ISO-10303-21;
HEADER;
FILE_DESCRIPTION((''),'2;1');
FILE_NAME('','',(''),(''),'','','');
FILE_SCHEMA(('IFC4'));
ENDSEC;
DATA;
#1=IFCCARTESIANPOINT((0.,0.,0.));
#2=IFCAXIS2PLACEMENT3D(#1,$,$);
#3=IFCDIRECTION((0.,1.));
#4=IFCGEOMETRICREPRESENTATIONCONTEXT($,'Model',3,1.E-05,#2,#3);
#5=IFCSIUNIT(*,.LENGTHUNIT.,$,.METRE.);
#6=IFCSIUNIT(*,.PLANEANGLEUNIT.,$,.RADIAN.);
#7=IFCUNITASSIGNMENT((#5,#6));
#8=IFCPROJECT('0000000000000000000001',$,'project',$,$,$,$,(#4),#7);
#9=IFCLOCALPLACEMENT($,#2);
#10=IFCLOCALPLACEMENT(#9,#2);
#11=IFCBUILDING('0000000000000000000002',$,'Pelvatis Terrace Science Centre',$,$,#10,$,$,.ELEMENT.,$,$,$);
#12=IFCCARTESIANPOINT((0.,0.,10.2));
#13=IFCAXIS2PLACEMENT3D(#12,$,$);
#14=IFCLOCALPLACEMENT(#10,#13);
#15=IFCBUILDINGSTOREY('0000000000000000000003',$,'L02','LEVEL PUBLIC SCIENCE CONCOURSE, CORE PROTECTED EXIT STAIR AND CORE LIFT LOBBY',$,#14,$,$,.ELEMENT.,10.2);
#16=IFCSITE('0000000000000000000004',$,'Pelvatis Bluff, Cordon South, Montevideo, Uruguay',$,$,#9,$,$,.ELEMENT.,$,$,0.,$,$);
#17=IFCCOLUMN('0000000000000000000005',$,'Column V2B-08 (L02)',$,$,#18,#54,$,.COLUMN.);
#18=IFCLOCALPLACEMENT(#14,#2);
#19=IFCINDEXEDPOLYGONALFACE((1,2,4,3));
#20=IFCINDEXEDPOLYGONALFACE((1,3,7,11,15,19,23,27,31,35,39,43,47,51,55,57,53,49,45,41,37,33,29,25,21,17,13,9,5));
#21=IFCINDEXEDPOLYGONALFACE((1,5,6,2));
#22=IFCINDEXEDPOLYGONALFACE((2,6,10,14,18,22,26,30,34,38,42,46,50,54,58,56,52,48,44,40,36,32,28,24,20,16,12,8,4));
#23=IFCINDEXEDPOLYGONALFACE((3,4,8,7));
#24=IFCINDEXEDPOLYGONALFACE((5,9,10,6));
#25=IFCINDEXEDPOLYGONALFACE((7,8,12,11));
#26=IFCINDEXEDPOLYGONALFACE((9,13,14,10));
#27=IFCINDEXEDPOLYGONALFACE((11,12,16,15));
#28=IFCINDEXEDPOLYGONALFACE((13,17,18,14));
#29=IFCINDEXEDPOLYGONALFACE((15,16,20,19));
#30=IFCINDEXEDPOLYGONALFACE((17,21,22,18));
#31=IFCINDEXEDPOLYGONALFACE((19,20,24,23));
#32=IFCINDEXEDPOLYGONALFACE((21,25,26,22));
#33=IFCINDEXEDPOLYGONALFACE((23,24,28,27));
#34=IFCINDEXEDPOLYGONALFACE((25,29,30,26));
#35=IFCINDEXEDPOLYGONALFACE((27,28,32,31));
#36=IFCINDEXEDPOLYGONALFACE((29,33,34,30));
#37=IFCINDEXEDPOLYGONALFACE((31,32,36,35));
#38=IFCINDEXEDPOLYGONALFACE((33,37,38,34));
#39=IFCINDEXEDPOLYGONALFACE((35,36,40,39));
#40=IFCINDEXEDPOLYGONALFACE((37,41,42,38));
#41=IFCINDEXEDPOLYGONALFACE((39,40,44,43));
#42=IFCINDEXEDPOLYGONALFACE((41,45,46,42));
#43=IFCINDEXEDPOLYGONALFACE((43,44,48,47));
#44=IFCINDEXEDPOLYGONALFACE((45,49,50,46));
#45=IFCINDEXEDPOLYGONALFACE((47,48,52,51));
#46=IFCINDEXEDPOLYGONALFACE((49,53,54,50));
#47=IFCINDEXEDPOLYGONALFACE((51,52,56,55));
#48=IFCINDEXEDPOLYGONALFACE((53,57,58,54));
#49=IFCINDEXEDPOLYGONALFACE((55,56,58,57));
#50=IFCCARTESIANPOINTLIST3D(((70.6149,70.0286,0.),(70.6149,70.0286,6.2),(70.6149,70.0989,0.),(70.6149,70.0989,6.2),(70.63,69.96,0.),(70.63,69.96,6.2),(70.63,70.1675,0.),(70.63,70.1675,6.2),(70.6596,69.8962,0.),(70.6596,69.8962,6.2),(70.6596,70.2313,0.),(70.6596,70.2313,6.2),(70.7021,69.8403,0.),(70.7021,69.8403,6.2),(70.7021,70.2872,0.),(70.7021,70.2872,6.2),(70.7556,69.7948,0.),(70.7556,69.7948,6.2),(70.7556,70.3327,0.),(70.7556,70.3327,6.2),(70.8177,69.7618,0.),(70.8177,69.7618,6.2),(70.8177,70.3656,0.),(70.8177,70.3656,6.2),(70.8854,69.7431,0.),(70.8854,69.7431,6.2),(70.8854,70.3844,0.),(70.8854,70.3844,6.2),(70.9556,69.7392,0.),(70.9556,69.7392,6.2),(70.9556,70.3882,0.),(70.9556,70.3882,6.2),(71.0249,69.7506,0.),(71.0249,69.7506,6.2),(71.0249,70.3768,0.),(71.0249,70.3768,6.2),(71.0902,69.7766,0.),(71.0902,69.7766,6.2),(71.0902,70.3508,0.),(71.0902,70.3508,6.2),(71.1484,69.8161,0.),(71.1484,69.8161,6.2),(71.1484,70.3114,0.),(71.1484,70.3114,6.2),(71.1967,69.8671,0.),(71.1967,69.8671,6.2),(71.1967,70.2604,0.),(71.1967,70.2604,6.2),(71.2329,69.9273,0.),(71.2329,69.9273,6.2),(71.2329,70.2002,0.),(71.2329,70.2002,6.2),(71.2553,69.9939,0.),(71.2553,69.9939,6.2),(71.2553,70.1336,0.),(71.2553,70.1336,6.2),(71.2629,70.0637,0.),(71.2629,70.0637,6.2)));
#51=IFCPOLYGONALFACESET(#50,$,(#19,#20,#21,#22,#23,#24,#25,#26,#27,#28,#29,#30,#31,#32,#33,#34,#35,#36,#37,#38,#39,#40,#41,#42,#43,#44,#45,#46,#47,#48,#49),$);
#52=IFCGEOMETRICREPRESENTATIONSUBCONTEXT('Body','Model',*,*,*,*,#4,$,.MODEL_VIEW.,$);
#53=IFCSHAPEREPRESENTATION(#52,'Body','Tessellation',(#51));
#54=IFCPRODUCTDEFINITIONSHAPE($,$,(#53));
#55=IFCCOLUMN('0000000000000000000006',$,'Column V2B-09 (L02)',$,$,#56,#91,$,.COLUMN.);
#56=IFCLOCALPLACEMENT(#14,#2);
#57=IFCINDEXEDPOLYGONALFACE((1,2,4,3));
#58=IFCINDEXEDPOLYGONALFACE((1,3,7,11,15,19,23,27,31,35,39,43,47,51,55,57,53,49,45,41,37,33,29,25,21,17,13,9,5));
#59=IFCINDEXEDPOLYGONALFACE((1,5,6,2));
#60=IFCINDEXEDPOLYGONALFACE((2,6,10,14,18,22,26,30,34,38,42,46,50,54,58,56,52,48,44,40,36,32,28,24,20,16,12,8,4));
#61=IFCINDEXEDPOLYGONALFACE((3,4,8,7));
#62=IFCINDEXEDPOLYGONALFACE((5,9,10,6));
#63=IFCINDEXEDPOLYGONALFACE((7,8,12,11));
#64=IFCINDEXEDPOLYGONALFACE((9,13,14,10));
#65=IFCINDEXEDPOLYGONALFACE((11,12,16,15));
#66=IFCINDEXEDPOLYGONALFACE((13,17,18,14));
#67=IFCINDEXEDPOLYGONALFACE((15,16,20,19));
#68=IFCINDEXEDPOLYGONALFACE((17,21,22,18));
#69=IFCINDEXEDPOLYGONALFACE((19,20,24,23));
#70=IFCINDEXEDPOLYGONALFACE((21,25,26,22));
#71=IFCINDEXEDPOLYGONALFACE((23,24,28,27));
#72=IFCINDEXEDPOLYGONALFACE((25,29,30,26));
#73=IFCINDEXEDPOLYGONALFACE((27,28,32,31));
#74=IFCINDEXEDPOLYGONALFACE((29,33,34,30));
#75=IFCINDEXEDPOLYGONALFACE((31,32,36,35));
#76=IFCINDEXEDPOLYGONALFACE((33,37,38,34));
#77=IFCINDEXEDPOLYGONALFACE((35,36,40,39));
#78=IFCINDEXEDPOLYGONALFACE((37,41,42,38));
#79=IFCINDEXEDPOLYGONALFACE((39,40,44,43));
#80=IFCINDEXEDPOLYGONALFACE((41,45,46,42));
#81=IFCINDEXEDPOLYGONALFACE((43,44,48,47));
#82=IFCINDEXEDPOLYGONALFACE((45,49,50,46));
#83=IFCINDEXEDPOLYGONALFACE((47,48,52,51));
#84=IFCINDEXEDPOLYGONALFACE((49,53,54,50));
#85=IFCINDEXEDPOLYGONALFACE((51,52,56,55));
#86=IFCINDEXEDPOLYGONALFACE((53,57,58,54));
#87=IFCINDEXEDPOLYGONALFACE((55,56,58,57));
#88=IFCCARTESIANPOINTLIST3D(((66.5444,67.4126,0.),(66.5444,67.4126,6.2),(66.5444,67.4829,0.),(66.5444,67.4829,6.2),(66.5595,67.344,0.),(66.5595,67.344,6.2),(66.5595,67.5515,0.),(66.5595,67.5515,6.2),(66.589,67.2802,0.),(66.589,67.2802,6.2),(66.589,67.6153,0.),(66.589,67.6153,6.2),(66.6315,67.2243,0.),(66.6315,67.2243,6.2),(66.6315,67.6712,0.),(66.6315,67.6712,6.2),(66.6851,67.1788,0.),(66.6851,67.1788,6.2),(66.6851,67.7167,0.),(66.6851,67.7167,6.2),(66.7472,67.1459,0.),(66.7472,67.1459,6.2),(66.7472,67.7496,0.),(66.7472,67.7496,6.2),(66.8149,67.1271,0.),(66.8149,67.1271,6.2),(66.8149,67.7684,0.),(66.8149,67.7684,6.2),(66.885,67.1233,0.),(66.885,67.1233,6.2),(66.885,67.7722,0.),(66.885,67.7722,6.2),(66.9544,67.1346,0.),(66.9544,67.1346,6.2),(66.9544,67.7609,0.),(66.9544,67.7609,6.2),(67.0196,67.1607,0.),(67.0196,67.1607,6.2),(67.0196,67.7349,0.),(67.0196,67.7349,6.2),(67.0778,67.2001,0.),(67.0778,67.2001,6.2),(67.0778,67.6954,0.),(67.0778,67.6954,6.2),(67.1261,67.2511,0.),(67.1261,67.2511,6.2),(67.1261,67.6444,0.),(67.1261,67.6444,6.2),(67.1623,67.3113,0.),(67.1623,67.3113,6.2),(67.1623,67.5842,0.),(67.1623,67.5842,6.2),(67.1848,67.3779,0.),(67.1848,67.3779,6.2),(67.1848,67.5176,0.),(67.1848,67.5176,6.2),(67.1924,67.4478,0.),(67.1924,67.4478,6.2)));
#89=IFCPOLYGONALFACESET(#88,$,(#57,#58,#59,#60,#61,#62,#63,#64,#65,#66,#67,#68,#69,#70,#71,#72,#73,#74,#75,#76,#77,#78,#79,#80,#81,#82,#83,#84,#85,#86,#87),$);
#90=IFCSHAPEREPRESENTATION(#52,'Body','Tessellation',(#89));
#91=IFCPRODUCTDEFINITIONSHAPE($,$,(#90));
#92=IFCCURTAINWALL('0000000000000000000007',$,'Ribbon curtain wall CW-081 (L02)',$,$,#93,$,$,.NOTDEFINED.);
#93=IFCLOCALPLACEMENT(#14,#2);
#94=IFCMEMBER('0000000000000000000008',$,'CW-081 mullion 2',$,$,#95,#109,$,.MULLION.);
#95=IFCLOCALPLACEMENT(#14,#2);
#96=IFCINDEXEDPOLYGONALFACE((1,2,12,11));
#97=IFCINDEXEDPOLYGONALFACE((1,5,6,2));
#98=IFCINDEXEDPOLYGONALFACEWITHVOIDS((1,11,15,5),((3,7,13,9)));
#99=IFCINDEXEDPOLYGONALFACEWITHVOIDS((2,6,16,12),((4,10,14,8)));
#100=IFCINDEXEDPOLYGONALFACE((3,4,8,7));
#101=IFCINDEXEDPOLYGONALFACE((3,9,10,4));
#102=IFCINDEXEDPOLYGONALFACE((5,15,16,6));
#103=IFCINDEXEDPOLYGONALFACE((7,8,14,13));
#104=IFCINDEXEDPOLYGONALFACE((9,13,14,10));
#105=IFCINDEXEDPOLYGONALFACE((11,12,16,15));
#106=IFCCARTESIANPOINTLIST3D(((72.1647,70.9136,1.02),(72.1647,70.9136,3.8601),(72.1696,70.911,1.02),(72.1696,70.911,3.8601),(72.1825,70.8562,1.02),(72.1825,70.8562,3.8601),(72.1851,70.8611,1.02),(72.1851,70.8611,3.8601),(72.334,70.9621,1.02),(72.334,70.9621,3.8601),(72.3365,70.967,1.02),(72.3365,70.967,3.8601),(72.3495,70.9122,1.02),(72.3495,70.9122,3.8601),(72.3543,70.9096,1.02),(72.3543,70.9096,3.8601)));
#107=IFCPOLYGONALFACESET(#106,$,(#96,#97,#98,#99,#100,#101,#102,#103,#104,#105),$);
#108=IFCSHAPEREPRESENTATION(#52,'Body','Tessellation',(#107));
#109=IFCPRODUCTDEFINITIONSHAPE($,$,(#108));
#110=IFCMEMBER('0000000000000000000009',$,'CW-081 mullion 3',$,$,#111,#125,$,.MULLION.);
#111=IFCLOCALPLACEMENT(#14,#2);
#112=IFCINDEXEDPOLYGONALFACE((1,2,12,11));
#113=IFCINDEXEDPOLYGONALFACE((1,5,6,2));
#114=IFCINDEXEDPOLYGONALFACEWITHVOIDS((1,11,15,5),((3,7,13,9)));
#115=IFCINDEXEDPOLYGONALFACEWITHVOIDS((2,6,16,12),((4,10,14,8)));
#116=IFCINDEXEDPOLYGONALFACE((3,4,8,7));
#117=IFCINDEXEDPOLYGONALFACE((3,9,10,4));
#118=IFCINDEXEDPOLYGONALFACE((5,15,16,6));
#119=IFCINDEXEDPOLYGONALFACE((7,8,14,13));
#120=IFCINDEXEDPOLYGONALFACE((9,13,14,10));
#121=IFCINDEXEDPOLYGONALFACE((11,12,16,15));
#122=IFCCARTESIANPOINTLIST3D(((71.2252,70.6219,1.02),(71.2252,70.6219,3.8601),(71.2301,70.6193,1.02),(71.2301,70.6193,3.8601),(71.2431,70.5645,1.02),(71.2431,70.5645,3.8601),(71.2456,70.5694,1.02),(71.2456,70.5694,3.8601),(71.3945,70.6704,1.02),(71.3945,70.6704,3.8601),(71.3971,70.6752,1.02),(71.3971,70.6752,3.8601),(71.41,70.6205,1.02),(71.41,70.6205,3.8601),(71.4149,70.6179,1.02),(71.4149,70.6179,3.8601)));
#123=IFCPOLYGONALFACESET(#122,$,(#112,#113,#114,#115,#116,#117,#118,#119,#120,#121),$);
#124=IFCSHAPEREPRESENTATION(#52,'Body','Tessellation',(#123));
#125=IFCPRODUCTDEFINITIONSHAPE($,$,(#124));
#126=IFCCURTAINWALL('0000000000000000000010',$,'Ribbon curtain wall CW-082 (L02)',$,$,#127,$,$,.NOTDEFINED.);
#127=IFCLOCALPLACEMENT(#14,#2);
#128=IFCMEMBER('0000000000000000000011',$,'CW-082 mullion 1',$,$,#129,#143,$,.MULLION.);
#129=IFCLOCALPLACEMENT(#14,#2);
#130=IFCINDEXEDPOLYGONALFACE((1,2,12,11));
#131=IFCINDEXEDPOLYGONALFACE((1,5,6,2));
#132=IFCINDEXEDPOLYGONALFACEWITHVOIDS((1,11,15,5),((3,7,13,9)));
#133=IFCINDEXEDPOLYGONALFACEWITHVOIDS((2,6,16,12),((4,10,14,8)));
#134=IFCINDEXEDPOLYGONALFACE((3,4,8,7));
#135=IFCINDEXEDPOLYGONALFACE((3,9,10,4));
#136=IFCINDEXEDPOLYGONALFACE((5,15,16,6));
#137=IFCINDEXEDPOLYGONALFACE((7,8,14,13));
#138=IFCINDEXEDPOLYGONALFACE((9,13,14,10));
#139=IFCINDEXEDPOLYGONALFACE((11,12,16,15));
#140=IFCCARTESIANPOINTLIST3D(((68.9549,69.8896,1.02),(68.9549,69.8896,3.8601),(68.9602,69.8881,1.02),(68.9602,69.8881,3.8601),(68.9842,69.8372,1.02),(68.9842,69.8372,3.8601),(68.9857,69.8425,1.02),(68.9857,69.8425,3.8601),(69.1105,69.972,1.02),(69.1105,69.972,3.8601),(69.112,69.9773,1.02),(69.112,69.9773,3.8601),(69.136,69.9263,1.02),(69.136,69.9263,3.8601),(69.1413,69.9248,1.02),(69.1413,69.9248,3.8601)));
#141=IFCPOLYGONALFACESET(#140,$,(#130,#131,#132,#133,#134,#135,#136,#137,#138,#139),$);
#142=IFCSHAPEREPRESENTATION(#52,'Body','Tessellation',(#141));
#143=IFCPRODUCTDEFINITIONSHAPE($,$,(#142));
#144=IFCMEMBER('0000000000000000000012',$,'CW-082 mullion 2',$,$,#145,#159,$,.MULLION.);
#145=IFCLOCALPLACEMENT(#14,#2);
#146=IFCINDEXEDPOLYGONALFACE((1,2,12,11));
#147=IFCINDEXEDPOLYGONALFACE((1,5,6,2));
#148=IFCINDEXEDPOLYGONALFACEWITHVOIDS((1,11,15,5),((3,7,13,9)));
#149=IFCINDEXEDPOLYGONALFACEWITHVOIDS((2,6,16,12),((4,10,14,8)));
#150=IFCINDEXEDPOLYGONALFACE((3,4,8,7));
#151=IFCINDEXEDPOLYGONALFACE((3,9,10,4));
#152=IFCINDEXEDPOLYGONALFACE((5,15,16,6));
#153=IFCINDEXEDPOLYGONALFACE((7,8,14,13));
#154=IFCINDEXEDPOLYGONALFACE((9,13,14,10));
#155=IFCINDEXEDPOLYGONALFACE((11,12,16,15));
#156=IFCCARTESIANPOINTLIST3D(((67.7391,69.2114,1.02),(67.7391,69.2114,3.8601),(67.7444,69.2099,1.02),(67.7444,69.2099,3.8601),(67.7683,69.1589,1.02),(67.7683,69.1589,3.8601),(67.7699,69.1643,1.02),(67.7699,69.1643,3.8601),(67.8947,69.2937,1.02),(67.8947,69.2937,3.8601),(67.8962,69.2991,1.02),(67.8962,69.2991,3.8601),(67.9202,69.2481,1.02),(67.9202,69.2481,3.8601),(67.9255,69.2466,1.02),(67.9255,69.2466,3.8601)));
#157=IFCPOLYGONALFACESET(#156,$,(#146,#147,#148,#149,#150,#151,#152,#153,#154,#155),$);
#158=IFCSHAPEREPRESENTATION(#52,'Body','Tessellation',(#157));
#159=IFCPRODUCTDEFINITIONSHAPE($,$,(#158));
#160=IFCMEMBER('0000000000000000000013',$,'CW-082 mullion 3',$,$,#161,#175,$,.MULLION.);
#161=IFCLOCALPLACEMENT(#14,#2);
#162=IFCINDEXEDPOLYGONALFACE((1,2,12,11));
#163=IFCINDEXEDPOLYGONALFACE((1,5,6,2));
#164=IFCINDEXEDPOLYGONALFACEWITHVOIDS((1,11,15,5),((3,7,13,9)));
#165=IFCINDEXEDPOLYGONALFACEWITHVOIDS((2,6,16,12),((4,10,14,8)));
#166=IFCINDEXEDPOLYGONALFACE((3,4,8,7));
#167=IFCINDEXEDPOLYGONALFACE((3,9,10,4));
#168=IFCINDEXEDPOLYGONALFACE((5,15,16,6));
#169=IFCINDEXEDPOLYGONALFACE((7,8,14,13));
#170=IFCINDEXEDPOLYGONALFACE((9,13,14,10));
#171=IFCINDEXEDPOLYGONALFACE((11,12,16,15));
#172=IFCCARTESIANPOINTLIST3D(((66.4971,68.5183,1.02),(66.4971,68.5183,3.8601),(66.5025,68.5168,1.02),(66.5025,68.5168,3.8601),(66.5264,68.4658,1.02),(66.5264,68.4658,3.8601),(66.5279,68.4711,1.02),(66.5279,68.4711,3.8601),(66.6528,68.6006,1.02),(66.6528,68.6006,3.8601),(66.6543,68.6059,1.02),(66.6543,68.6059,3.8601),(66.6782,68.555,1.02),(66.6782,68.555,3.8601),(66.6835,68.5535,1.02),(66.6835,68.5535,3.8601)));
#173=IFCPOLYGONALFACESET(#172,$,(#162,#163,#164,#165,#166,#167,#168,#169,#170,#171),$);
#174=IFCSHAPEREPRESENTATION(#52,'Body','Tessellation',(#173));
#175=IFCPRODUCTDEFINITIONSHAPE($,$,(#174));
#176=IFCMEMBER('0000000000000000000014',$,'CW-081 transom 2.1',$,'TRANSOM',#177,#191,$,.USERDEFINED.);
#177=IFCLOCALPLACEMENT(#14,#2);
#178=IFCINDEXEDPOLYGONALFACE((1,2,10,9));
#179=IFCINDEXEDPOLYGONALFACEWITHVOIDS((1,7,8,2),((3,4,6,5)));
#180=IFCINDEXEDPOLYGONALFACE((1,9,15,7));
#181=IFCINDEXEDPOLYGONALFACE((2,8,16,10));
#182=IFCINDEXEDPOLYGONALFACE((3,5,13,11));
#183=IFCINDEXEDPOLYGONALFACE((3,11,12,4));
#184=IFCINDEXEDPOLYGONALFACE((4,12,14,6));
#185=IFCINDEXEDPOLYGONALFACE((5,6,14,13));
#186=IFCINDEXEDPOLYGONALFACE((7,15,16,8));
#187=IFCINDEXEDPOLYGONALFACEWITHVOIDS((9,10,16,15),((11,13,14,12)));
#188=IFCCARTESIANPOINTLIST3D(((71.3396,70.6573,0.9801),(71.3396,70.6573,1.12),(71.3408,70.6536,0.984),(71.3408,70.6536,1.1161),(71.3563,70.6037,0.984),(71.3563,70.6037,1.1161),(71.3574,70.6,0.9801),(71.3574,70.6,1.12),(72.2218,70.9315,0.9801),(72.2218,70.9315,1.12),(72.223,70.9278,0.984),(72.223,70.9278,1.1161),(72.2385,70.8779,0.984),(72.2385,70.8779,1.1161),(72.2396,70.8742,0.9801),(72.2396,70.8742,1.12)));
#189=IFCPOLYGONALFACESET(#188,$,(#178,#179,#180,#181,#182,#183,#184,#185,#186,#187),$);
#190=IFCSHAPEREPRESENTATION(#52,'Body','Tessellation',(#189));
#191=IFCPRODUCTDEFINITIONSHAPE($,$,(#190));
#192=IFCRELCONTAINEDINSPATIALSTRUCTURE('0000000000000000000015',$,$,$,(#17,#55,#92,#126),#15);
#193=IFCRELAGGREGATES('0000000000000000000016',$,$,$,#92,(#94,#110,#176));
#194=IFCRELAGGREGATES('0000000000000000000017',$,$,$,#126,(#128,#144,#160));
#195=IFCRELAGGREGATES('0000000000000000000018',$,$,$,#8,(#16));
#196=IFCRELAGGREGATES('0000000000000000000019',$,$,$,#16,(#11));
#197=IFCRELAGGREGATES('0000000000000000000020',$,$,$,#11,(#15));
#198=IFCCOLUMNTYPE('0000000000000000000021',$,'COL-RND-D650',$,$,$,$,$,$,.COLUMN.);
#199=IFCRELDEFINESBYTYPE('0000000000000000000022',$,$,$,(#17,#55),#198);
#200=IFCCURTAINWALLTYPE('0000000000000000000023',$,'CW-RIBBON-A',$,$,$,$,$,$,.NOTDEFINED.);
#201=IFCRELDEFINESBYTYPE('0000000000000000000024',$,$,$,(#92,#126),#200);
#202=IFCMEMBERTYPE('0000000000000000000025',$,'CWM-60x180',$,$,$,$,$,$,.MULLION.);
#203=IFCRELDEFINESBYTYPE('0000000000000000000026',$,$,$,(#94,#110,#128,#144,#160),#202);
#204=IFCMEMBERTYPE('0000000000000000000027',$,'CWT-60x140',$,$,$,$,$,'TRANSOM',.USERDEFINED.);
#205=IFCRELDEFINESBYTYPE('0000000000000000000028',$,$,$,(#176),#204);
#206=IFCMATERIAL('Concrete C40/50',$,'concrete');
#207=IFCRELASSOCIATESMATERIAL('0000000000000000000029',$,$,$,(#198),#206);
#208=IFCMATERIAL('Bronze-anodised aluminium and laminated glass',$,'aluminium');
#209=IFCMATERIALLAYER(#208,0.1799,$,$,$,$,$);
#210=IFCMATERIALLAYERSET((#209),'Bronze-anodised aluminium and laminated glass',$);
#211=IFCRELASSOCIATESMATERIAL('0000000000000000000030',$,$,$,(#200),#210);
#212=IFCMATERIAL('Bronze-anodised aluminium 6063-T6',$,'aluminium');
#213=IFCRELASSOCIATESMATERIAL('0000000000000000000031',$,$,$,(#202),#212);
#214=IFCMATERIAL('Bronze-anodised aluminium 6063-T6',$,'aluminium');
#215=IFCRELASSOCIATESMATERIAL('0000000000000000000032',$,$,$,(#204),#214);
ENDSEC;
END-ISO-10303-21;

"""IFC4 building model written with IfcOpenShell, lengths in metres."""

from ifc_helpers import new_model, si_unit, direction, frame, origin, origin_2d, place, context, subcontext, project, spatial, hollow_rectangle, circle, extrude, material, layer, layer_set, material_profile, profile_set, type_object, element, aggregate, save


model = new_model("IFC4")

# Units and contexts
model_context = context("Model", 3, precision=1e-05, world=origin(), true_north=direction((0.0, 1.0)))
body_context = subcontext(model_context, "Body", "Model", "MODEL_VIEW")
ifc_project = project(units=[si_unit("LENGTHUNIT", "METRE"), si_unit("PLANEANGLEUNIT", "RADIAN")], contexts=[model_context])

# Site, building, storey
site_placement = place(None, origin())
site = spatial("IfcSite", under=ifc_project, at=site_placement, Name="Pelvatis Bluff, Cordon South, Montevideo, Uruguay", CompositionType="ELEMENT", RefElevation=0.0)
building_placement = place(site_placement, origin())
building = spatial("IfcBuilding", under=site, at=building_placement, Name="Pelvatis Terrace Science Centre", CompositionType="ELEMENT")
storey_placement = place(building_placement, frame((0.0, 0.0, 10.2)))
storey = spatial("IfcBuildingStorey", under=building, at=storey_placement, Name="L02", Description="LEVEL PUBLIC SCIENCE CONCOURSE, CORE PROTECTED EXIT STAIR AND CORE LIFT LOBBY", CompositionType="ELEMENT", Elevation=10.2)

# Columns
ifc_material_1 = material(Name="Concrete C40/50", Category="concrete")
ifc_material_profile_1 = material_profile(ifc_material_1, circle(Radius=0.325, at=origin_2d()), Name="RC-RCOL D650")
ifc_profile_set_1 = profile_set([ifc_material_profile_1], Name="Concrete C40/50")
column_type = type_object("IfcColumnType", Name="COL-RND-D650", PredefinedType="COLUMN", material=ifc_profile_set_1)
for number, where, z_axis, x_axis, name in (
    (1, (70.938, 70.0637, 0.0), (0.0, 0.0, 1.0), (1.0, 0.0, 0.0), "Column V2B-08 (L02)"),
    (2, (66.8674, 67.4478, 0.0), (0.0, 0.0, 1.0), (1.0, 0.0, 0.0), "Column V2B-09 (L02)"),
):
    element("IfcColumn", number, at=place(storey_placement, frame(where, z_axis=z_axis, x_axis=x_axis)), inside=storey, type_object=column_type, Name=name, PredefinedType="COLUMN", context=body_context, shape_type="SweptSolid", body=[
        extrude(circle(Radius=0.325, at=origin_2d()), origin(), (0.0, 0.0, 1.0), 6.2),
    ])

# Curtain walls, members
ifc_material_2 = material(Name="Bronze-anodised aluminium and laminated glass", Category="aluminium")
ifc_layer_1 = layer(ifc_material_2, 0.1799)
ifc_layer_set_1 = layer_set([ifc_layer_1], Name="Bronze-anodised aluminium and laminated glass")
curtain_wall_type = type_object("IfcCurtainWallType", Name="CW-RIBBON-A", PredefinedType="NOTDEFINED", material=ifc_layer_set_1)
curtain_wall_1_placement = place(storey_placement, origin())
curtain_wall_1 = element("IfcCurtainWall", 3, at=curtain_wall_1_placement, inside=storey, type_object=curtain_wall_type, Name="Ribbon curtain wall CW-081 (L02)", PredefinedType="NOTDEFINED")
ifc_material_3 = material(Name="Bronze-anodised aluminium 6063-T6", Category="aluminium")
ifc_material_profile_2 = material_profile(ifc_material_3, hollow_rectangle(XDim=0.0601, YDim=0.1799, WallThickness=0.0039, at=origin_2d()), Name="ALU-MUL 60x180")
ifc_profile_set_2 = profile_set([ifc_material_profile_2], Name="Bronze-anodised aluminium 6063-T6")
member_type_1 = type_object("IfcMemberType", Name="CWM-60x180", PredefinedType="MULLION", material=ifc_profile_set_2)
member_1_placement = place(storey_placement, frame((72.2595, 70.9116, 1.02), z_axis=(0.0, 0.0, 1.0), x_axis=(0.296733, -0.954961, 0.0)))
member_1 = element("IfcMember", 4, at=member_1_placement, type_object=member_type_1, Name="CW-081 mullion 2", PredefinedType="MULLION", context=body_context, shape_type="SweptSolid", body=[
    extrude(hollow_rectangle(XDim=0.0601, YDim=0.1799, WallThickness=0.0039, at=origin_2d()), origin(), (0.0, 0.0, 1.0), 2.8401),
])
member_2_placement = place(storey_placement, frame((71.3201, 70.6199, 1.02), z_axis=(0.0, 0.0, 1.0), x_axis=(0.296733, -0.954961, 0.0)))
member_2 = element("IfcMember", 5, at=member_2_placement, type_object=member_type_1, Name="CW-081 mullion 3", PredefinedType="MULLION", context=body_context, shape_type="SweptSolid", body=[
    extrude(hollow_rectangle(XDim=0.0601, YDim=0.1799, WallThickness=0.0039, at=origin_2d()), origin(), (0.0, 0.0, 1.0), 2.8401),
])
curtain_wall_2_placement = place(storey_placement, origin())
curtain_wall_2 = element("IfcCurtainWall", 6, at=curtain_wall_2_placement, inside=storey, type_object=curtain_wall_type, Name="Ribbon curtain wall CW-082 (L02)", PredefinedType="NOTDEFINED")
member_3_placement = place(storey_placement, frame((69.0481, 69.9072, 1.02), z_axis=(0.0, 0.0, 1.0), x_axis=(0.487256, -0.873259, 0.0)))
member_3 = element("IfcMember", 7, at=member_3_placement, type_object=member_type_1, Name="CW-082 mullion 1", PredefinedType="MULLION", context=body_context, shape_type="SweptSolid", body=[
    extrude(hollow_rectangle(XDim=0.0601, YDim=0.1799, WallThickness=0.0039, at=origin_2d()), origin(), (0.0, 0.0, 1.0), 2.8401),
])
member_4_placement = place(storey_placement, frame((67.8323, 69.229, 1.02), z_axis=(0.0, 0.0, 1.0), x_axis=(0.487256, -0.873259, 0.0)))
member_4 = element("IfcMember", 8, at=member_4_placement, type_object=member_type_1, Name="CW-082 mullion 2", PredefinedType="MULLION", context=body_context, shape_type="SweptSolid", body=[
    extrude(hollow_rectangle(XDim=0.0601, YDim=0.1799, WallThickness=0.0039, at=origin_2d()), origin(), (0.0, 0.0, 1.0), 2.8401),
])
member_5_placement = place(storey_placement, frame((66.5903, 68.5359, 1.02), z_axis=(0.0, 0.0, 1.0), x_axis=(0.487256, -0.873259, 0.0)))
member_5 = element("IfcMember", 9, at=member_5_placement, type_object=member_type_1, Name="CW-082 mullion 3", PredefinedType="MULLION", context=body_context, shape_type="SweptSolid", body=[
    extrude(hollow_rectangle(XDim=0.0601, YDim=0.1799, WallThickness=0.0039, at=origin_2d()), origin(), (0.0, 0.0, 1.0), 2.8401),
])

# Member
ifc_material_4 = material(Name="Bronze-anodised aluminium 6063-T6", Category="aluminium")
ifc_material_profile_3 = material_profile(ifc_material_4, hollow_rectangle(XDim=0.0601, YDim=0.1399, WallThickness=0.0039, at=origin_2d()), Name="ALU-TRN 60x140")
ifc_profile_set_3 = profile_set([ifc_material_profile_3], Name="Bronze-anodised aluminium 6063-T6")
member_type_2 = type_object("IfcMemberType", Name="CWT-60x140", ElementType="TRANSOM", PredefinedType="USERDEFINED", material=ifc_profile_set_3)
member_6_placement = place(storey_placement, frame((72.2307, 70.9028, 1.05), z_axis=(-0.954935, -0.296815, 0.0), x_axis=(0.296815, -0.954935, 0.0)))
member_6 = element("IfcMember", 10, at=member_6_placement, type_object=member_type_2, Name="CW-081 transom 2.1", ObjectType="TRANSOM", PredefinedType="USERDEFINED", context=body_context, shape_type="SweptSolid", body=[
    extrude(hollow_rectangle(XDim=0.0601, YDim=0.1399, WallThickness=0.0039, at=origin_2d()), origin(), (0.0, 0.0, 1.0), 0.9238),
])

aggregate(curtain_wall_1, [member_1, member_2, member_6])
aggregate(curtain_wall_2, [member_3, member_4, member_5])

save(model, "model.ifc")
